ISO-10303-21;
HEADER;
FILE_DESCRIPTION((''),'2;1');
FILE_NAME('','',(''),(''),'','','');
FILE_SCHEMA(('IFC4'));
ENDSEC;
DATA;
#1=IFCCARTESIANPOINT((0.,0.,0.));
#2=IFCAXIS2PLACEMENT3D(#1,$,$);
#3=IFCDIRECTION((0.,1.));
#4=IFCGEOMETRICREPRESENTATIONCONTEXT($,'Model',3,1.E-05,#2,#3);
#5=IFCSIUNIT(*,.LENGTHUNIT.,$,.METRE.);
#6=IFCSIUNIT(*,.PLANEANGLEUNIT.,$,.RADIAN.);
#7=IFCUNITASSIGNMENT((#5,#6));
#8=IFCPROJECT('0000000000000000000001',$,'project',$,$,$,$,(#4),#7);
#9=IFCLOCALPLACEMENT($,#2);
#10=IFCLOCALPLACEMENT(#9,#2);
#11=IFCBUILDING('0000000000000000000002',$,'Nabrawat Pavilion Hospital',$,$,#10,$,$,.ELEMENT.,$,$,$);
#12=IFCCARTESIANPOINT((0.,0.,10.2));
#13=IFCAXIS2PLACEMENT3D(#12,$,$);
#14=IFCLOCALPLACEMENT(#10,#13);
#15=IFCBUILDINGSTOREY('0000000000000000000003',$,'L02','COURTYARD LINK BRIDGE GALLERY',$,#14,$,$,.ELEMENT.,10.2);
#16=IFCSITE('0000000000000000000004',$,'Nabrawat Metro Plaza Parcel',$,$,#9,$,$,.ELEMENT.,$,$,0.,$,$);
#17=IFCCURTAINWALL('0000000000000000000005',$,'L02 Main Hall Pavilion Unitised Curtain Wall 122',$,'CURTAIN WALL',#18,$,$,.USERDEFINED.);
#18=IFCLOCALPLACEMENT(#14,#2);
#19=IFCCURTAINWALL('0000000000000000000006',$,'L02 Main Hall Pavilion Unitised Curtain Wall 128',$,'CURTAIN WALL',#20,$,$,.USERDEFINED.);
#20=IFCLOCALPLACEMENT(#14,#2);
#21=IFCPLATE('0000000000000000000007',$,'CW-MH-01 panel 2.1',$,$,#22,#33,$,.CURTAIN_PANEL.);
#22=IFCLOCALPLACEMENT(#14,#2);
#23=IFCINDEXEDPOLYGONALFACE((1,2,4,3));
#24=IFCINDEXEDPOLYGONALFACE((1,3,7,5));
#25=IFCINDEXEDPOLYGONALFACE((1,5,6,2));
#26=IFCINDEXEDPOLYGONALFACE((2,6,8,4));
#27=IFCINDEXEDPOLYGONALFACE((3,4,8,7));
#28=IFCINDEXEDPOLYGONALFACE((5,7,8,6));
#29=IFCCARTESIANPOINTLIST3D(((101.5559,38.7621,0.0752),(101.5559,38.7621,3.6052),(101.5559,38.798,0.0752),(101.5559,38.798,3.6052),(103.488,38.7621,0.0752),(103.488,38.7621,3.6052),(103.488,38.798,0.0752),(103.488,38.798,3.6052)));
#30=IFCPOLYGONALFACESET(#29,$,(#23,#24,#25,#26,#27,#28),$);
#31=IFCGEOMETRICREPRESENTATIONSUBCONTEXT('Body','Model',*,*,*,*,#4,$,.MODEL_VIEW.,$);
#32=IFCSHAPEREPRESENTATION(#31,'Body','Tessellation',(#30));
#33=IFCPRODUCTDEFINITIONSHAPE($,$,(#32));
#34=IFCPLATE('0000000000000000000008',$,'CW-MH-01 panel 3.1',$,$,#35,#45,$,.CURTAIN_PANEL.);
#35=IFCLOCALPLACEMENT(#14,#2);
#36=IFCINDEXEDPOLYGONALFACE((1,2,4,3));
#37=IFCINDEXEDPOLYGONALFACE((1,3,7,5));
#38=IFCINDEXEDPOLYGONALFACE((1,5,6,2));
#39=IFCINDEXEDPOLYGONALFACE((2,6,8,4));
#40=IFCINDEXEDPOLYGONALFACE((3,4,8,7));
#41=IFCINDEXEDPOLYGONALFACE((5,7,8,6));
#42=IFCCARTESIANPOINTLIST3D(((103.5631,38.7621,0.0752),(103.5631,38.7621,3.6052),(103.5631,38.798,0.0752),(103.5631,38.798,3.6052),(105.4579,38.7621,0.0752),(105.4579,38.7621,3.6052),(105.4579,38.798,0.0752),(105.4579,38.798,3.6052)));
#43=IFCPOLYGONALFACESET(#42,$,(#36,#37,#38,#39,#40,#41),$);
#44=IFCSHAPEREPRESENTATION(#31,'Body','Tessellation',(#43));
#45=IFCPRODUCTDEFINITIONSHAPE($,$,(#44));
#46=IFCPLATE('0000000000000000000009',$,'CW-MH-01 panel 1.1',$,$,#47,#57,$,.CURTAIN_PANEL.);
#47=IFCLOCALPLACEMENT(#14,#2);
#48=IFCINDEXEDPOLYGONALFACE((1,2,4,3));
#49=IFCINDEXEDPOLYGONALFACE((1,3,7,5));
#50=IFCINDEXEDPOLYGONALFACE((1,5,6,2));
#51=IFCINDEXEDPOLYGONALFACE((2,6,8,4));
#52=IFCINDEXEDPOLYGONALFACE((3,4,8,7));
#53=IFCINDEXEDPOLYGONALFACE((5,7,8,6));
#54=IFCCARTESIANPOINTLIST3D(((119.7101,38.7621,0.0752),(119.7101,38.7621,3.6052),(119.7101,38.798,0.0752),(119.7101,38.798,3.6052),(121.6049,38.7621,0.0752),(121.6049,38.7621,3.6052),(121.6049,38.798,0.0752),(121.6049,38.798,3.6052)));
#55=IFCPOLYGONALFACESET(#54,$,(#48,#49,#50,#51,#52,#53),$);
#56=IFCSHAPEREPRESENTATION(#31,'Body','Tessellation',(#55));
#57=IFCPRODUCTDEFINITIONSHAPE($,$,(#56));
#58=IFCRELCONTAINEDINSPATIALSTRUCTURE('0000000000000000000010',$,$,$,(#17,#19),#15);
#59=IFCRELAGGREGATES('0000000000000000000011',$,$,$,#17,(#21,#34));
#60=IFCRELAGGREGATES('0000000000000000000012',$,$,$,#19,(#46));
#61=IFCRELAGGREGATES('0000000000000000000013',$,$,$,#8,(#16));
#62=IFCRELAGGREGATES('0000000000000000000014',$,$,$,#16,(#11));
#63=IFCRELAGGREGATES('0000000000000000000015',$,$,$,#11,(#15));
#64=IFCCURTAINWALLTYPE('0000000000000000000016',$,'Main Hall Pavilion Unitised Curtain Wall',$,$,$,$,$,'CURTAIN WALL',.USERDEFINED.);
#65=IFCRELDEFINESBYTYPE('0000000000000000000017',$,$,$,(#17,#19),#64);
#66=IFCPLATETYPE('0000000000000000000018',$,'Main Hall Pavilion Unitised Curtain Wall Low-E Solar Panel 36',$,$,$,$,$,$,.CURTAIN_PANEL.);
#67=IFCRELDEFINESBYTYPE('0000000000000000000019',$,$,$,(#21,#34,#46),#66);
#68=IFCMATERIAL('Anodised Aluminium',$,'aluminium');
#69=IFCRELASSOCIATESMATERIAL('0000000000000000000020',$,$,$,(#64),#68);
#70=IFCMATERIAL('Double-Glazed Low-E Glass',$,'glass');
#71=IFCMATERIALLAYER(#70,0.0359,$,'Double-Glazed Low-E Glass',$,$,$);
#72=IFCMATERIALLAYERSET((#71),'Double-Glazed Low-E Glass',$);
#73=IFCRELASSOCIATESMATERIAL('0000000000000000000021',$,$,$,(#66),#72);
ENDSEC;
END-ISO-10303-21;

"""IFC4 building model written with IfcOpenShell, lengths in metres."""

from ifc_helpers import new_model, si_unit, direction, frame, origin, origin_2d, place, context, subcontext, project, spatial, rectangle, extrude, material, layer, layer_set, type_object, element, aggregate, save


model = new_model("IFC4")

# Units and contexts
model_context = context("Model", 3, precision=1e-05, world=origin(), true_north=direction((0.0, 1.0)))
body_context = subcontext(model_context, "Body", "Model", "MODEL_VIEW")
ifc_project = project(units=[si_unit("LENGTHUNIT", "METRE"), si_unit("PLANEANGLEUNIT", "RADIAN")], contexts=[model_context])

# Site, building, storey
site_placement = place(None, origin())
site = spatial("IfcSite", under=ifc_project, at=site_placement, Name="Nabrawat Metro Plaza Parcel", CompositionType="ELEMENT", RefElevation=0.0)
building_placement = place(site_placement, origin())
building = spatial("IfcBuilding", under=site, at=building_placement, Name="Nabrawat Pavilion Hospital", CompositionType="ELEMENT")
storey_placement = place(building_placement, frame((0.0, 0.0, 10.2)))
storey = spatial("IfcBuildingStorey", under=building, at=storey_placement, Name="L02", Description="COURTYARD LINK BRIDGE GALLERY", CompositionType="ELEMENT", Elevation=10.2)

# Curtain wall
ifc_material_1 = material(Name="Anodised Aluminium", Category="aluminium")
curtain_wall_type = type_object("IfcCurtainWallType", Name="Main Hall Pavilion Unitised Curtain Wall", ElementType="CURTAIN WALL", PredefinedType="USERDEFINED", material=ifc_material_1)
curtain_wall_1_placement = place(storey_placement, origin())
curtain_wall_1 = element("IfcCurtainWall", 1, at=curtain_wall_1_placement, inside=storey, type_object=curtain_wall_type, Name="L02 Main Hall Pavilion Unitised Curtain Wall 122", ObjectType="CURTAIN WALL", PredefinedType="USERDEFINED")

# Curtain wall
curtain_wall_2_placement = place(storey_placement, origin())
curtain_wall_2 = element("IfcCurtainWall", 2, at=curtain_wall_2_placement, inside=storey, type_object=curtain_wall_type, Name="L02 Main Hall Pavilion Unitised Curtain Wall 128", ObjectType="CURTAIN WALL", PredefinedType="USERDEFINED")

# Plates
ifc_material_2 = material(Name="Double-Glazed Low-E Glass", Category="glass")
ifc_layer_1 = layer(ifc_material_2, 0.0359, Name="Double-Glazed Low-E Glass")
ifc_layer_set_1 = layer_set([ifc_layer_1], Name="Double-Glazed Low-E Glass")
plate_type = type_object("IfcPlateType", Name="Main Hall Pavilion Unitised Curtain Wall Low-E Solar Panel 36", PredefinedType="CURTAIN_PANEL", material=ifc_layer_set_1)
plate_1_placement = place(storey_placement, frame((102.522, 38.78, 0.0752), z_axis=(0.0, 0.0, 1.0), x_axis=(1.0, 0.0, 0.0)))
plate_1 = element("IfcPlate", 3, at=plate_1_placement, type_object=plate_type, Name="CW-MH-01 panel 2.1", PredefinedType="CURTAIN_PANEL", context=body_context, shape_type="SweptSolid", body=[
    extrude(rectangle(XDim=1.9321, YDim=0.0359, at=origin_2d()), origin(), (0.0, 0.0, 1.0), 3.53),
])
plate_2_placement = place(storey_placement, frame((104.5105, 38.78, 0.0752), z_axis=(0.0, 0.0, 1.0), x_axis=(1.0, 0.0, 0.0)))
plate_2 = element("IfcPlate", 4, at=plate_2_placement, type_object=plate_type, Name="CW-MH-01 panel 3.1", PredefinedType="CURTAIN_PANEL", context=body_context, shape_type="SweptSolid", body=[
    extrude(rectangle(XDim=1.8948, YDim=0.0359, at=origin_2d()), origin(), (0.0, 0.0, 1.0), 3.53),
])
aggregate(curtain_wall_1, [plate_1, plate_2])
plate_3_placement = place(storey_placement, frame((120.6575, 38.78, 0.0752), z_axis=(0.0, 0.0, 1.0), x_axis=(1.0, 0.0, 0.0)))
plate_3 = element("IfcPlate", 5, at=plate_3_placement, type_object=plate_type, Name="CW-MH-01 panel 1.1", PredefinedType="CURTAIN_PANEL", context=body_context, shape_type="SweptSolid", body=[
    extrude(rectangle(XDim=1.8948, YDim=0.0359, at=origin_2d()), origin(), (0.0, 0.0, 1.0), 3.53),
])
aggregate(curtain_wall_2, [plate_3])

save(model, "model.ifc")
